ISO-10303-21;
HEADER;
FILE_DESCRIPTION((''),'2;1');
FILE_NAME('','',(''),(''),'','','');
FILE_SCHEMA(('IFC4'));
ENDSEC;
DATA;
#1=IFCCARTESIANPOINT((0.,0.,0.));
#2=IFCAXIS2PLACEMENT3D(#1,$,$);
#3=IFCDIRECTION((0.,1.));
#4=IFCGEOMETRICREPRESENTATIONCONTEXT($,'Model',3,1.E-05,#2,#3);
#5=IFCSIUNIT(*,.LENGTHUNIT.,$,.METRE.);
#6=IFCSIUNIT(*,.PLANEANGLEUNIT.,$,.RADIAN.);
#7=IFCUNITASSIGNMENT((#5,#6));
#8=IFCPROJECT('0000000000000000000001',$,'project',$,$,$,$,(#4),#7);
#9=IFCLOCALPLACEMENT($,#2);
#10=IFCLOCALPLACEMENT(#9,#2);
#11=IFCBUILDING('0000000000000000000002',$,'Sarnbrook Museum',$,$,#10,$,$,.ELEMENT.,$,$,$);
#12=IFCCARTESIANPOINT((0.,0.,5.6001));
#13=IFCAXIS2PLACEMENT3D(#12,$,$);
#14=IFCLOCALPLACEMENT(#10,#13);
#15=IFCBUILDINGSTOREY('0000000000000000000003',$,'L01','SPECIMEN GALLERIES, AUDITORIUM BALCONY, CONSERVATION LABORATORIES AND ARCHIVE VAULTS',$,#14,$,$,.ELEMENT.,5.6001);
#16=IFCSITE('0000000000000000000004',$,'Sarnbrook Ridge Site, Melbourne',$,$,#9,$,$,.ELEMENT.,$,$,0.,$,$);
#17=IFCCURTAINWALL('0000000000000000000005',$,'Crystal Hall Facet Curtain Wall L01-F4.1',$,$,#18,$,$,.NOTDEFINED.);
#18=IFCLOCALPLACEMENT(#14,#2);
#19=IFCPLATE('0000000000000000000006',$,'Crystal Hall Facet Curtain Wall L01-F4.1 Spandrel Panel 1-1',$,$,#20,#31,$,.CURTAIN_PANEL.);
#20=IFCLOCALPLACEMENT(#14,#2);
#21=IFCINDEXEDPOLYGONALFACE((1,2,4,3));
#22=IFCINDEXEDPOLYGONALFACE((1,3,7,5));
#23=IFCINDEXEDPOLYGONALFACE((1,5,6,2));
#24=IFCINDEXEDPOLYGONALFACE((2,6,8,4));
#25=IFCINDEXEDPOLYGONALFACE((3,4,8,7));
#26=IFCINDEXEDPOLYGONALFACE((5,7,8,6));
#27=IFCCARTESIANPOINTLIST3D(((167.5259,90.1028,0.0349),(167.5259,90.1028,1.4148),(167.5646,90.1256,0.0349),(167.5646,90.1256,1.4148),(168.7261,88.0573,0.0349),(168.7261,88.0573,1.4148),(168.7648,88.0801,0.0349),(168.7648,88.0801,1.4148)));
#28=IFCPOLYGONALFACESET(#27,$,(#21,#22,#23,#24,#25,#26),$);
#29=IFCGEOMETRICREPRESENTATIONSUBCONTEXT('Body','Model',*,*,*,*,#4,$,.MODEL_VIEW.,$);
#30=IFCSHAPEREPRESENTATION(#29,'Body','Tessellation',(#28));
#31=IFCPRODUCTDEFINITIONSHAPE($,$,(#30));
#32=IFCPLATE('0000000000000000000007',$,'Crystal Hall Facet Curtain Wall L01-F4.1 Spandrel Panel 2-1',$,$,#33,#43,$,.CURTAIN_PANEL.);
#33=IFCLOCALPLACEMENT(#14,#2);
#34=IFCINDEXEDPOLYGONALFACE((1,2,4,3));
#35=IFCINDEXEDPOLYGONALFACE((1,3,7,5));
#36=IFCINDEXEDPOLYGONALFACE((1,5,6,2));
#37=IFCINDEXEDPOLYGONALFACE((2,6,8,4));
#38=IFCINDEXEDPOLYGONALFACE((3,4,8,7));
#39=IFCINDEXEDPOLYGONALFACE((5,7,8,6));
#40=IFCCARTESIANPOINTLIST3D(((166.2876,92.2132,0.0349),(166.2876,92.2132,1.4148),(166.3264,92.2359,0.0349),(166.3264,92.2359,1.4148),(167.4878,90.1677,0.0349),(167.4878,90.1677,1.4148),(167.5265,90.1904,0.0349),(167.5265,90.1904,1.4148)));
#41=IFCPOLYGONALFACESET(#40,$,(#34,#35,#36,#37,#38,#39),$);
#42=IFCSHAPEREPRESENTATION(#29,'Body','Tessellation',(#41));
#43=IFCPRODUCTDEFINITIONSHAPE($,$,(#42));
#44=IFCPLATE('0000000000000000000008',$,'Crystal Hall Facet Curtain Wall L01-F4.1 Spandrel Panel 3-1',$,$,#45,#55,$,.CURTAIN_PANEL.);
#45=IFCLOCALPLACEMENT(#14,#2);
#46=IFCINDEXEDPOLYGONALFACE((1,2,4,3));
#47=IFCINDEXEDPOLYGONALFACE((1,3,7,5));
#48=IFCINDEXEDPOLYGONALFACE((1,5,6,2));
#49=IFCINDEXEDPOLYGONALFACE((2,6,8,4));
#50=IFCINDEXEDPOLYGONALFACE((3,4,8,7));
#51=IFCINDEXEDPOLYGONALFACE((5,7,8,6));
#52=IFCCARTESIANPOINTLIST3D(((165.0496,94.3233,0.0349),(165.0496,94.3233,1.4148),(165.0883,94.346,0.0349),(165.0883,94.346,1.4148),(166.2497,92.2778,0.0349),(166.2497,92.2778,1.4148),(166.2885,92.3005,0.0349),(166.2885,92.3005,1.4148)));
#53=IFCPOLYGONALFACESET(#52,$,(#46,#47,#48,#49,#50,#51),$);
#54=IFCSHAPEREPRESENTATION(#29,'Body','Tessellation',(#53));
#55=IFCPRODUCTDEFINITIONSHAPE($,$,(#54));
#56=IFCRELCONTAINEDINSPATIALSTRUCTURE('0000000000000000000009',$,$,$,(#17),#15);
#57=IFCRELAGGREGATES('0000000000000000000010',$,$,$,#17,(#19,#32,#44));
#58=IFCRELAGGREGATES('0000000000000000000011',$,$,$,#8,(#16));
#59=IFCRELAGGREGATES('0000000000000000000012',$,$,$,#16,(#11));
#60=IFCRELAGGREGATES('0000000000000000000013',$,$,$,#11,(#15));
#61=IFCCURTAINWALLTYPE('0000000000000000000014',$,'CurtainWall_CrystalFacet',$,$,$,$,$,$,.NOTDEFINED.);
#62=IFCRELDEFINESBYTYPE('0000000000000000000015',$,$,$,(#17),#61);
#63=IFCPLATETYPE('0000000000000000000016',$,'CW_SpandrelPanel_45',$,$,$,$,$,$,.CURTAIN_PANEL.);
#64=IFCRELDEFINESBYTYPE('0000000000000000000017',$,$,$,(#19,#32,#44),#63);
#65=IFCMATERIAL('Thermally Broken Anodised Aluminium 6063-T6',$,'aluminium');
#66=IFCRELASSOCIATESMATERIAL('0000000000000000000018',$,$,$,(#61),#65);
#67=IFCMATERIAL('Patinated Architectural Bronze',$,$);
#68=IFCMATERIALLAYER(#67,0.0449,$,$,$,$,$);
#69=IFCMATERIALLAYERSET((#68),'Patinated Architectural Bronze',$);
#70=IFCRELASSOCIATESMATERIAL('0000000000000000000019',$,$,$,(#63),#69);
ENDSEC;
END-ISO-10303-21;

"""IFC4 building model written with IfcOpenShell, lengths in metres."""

from ifc_helpers import new_model, si_unit, direction, frame, origin, origin_2d, place, context, subcontext, project, spatial, rectangle, extrude, material, layer, layer_set, type_object, element, aggregate, save


model = new_model("IFC4")

# Units and contexts
model_context = context("Model", 3, precision=1e-05, world=origin(), true_north=direction((0.0, 1.0)))
body_context = subcontext(model_context, "Body", "Model", "MODEL_VIEW")
ifc_project = project(units=[si_unit("LENGTHUNIT", "METRE"), si_unit("PLANEANGLEUNIT", "RADIAN")], contexts=[model_context])

# Site, building, storey
site_placement = place(None, origin())
site = spatial("IfcSite", under=ifc_project, at=site_placement, Name="Sarnbrook Ridge Site, Melbourne", CompositionType="ELEMENT", RefElevation=0.0)
building_placement = place(site_placement, origin())
building = spatial("IfcBuilding", under=site, at=building_placement, Name="Sarnbrook Museum", CompositionType="ELEMENT")
storey_placement = place(building_placement, frame((0.0, 0.0, 5.6001)))
storey = spatial("IfcBuildingStorey", under=building, at=storey_placement, Name="L01", Description="SPECIMEN GALLERIES, AUDITORIUM BALCONY, CONSERVATION LABORATORIES AND ARCHIVE VAULTS", CompositionType="ELEMENT", Elevation=5.6001)

# Shared definitions
ifc_material_1 = material(Name="Thermally Broken Anodised Aluminium 6063-T6", Category="aluminium")
curtain_wall_type = type_object("IfcCurtainWallType", Name="CurtainWall_CrystalFacet", PredefinedType="NOTDEFINED", material=ifc_material_1)

# Curtain wall
curtain_wall_1_placement = place(storey_placement, origin())
curtain_wall_1 = element("IfcCurtainWall", 1, at=curtain_wall_1_placement, inside=storey, type_object=curtain_wall_type, Name="Crystal Hall Facet Curtain Wall L01-F4.1", PredefinedType="NOTDEFINED")

# Plates
ifc_material_2 = material(Name="Patinated Architectural Bronze")
ifc_layer_1 = layer(ifc_material_2, 0.0449)
ifc_layer_set_1 = layer_set([ifc_layer_1], Name="Patinated Architectural Bronze")
plate_type_1 = type_object("IfcPlateType", Name="CW_SpandrelPanel_45", PredefinedType="CURTAIN_PANEL", material=ifc_layer_set_1)
plate_1_placement = place(storey_placement, frame((168.126, 89.0801, 0.7249), z_axis=(0.862498, 0.50606, 0.0), x_axis=(-0.50606, 0.862498, 0.0)))
plate_1 = element("IfcPlate", 2, at=plate_1_placement, type_object=plate_type_1, Name="Crystal Hall Facet Curtain Wall L01-F4.1 Spandrel Panel 1-1", PredefinedType="CURTAIN_PANEL", context=body_context, shape_type="SweptSolid", body=[
    extrude(rectangle(XDim=2.3716, YDim=1.3799, at=origin_2d()), origin(), (0.0, 0.0, 1.0), 0.0449),
])
plate_2_placement = place(storey_placement, frame((166.8877, 91.1904, 0.7249), z_axis=(0.862498, 0.50606, 0.0), x_axis=(-0.50606, 0.862498, 0.0)))
plate_2 = element("IfcPlate", 3, at=plate_2_placement, type_object=plate_type_1, Name="Crystal Hall Facet Curtain Wall L01-F4.1 Spandrel Panel 2-1", PredefinedType="CURTAIN_PANEL", context=body_context, shape_type="SweptSolid", body=[
    extrude(rectangle(XDim=2.3716, YDim=1.3799, at=origin_2d()), origin(), (0.0, 0.0, 1.0), 0.0449),
])
plate_3_placement = place(storey_placement, frame((165.6497, 93.3005, 0.7249), z_axis=(0.862498, 0.50606, 0.0), x_axis=(-0.50606, 0.862498, 0.0)))
plate_3 = element("IfcPlate", 4, at=plate_3_placement, type_object=plate_type_1, Name="Crystal Hall Facet Curtain Wall L01-F4.1 Spandrel Panel 3-1", PredefinedType="CURTAIN_PANEL", context=body_context, shape_type="SweptSolid", body=[
    extrude(rectangle(XDim=2.3716, YDim=1.3799, at=origin_2d()), origin(), (0.0, 0.0, 1.0), 0.0449),
])
aggregate(curtain_wall_1, [plate_1, plate_2, plate_3])

save(model, "model.ifc")
